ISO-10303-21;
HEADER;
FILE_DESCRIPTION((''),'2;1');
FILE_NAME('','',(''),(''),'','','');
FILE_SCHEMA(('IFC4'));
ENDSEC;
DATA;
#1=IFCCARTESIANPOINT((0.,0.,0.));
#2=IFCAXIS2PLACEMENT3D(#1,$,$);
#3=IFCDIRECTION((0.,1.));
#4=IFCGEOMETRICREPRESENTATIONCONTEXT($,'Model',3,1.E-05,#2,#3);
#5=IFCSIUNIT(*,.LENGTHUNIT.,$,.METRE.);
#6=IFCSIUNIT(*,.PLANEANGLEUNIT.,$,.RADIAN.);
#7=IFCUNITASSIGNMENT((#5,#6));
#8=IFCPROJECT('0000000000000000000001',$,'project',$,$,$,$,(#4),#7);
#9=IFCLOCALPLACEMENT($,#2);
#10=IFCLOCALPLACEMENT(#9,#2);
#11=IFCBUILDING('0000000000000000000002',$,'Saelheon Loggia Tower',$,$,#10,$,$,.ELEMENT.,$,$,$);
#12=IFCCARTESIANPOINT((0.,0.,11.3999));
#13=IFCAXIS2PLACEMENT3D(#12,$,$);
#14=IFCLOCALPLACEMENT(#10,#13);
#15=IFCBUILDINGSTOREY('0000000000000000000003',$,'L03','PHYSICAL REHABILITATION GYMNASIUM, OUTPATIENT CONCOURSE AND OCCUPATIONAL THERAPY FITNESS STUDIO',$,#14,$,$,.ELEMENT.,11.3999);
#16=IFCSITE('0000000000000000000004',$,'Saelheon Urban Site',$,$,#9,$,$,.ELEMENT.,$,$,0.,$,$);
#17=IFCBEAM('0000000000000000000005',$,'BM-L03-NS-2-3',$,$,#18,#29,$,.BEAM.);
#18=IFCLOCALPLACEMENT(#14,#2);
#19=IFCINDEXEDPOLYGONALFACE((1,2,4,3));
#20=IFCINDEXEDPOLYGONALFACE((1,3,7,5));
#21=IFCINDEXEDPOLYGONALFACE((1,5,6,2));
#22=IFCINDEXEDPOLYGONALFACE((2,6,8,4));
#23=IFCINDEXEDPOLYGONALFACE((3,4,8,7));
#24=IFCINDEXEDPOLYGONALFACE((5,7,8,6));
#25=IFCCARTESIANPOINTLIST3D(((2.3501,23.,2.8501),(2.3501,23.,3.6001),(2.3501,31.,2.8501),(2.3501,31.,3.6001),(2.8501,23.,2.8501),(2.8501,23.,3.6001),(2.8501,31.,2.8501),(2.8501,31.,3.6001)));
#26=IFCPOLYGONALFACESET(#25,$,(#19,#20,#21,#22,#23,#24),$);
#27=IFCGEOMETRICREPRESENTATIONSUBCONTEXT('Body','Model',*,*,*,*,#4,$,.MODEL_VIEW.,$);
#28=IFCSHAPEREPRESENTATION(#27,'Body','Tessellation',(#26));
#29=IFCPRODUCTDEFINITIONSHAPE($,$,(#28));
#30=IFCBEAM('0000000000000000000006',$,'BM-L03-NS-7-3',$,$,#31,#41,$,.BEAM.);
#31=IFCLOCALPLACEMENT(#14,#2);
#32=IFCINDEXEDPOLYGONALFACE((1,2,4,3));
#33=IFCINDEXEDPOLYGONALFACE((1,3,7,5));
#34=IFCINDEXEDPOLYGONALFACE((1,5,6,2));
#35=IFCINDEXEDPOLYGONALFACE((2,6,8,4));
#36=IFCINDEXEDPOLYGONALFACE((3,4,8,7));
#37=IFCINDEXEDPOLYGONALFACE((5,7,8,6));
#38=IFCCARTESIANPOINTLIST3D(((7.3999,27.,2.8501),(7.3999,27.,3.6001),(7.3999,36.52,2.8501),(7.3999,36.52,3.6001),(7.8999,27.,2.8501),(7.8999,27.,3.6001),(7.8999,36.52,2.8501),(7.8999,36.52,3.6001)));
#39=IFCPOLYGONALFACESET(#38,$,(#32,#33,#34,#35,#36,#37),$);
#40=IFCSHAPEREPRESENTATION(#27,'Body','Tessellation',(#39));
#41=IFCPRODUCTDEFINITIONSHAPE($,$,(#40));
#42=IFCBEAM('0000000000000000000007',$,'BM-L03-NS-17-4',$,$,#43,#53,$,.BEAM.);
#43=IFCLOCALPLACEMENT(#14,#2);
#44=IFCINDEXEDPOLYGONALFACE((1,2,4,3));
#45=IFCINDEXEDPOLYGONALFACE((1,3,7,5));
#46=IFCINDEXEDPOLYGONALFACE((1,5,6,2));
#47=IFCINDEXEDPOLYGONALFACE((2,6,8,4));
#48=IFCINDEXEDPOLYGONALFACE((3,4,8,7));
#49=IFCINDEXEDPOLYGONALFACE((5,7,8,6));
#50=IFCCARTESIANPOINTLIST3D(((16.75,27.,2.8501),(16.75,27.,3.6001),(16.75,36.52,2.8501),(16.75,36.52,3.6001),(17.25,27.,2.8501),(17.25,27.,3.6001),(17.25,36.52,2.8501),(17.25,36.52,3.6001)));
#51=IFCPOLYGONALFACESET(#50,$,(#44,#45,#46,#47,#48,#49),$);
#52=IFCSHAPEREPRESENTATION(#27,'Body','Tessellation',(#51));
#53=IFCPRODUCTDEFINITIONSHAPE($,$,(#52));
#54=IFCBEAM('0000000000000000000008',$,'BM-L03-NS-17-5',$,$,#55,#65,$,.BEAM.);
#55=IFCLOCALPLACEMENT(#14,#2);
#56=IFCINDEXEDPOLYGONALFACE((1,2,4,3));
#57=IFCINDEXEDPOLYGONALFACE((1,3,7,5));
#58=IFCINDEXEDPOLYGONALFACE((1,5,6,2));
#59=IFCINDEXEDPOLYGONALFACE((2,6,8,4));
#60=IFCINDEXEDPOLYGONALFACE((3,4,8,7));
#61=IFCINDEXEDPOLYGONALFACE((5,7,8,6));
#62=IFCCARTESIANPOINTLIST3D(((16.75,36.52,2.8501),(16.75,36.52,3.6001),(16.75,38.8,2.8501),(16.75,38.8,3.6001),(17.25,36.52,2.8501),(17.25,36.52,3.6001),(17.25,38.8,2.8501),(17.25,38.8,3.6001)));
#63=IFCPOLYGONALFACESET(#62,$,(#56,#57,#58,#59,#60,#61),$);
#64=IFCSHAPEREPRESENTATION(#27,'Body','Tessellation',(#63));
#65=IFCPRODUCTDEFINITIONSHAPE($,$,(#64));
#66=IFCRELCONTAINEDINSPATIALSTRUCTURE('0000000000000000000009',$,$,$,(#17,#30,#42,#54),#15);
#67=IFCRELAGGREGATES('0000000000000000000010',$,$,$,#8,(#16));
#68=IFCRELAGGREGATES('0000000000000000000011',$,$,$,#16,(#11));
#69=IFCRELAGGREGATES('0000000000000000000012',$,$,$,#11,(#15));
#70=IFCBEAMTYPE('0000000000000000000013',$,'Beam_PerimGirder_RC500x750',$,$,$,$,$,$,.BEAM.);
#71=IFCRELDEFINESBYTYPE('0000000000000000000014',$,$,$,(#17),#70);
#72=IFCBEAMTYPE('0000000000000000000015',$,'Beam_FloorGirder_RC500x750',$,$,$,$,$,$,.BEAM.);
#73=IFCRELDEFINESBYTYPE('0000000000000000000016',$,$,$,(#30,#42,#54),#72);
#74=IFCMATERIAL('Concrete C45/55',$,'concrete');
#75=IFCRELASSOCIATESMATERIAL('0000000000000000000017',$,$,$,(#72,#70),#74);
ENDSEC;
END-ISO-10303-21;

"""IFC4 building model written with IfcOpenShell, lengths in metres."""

from ifc_helpers import new_model, si_unit, direction, frame, origin, origin_2d, place, context, subcontext, project, spatial, rectangle, extrude, source, transform, mapped, material, material_profile, profile_set, type_object, element, save


model = new_model("IFC4")

# Units and contexts
model_context = context("Model", 3, precision=1e-05, world=origin(), true_north=direction((0.0, 1.0)))
body_context = subcontext(model_context, "Body", "Model", "MODEL_VIEW")
ifc_project = project(units=[si_unit("LENGTHUNIT", "METRE"), si_unit("PLANEANGLEUNIT", "RADIAN")], contexts=[model_context])

# Site, building, storey
site_placement = place(None, origin())
site = spatial("IfcSite", under=ifc_project, at=site_placement, Name="Saelheon Urban Site", CompositionType="ELEMENT", RefElevation=0.0)
building_placement = place(site_placement, origin())
building = spatial("IfcBuilding", under=site, at=building_placement, Name="Saelheon Loggia Tower", CompositionType="ELEMENT")
storey_placement = place(building_placement, frame((0.0, 0.0, 11.3999)))
storey = spatial("IfcBuildingStorey", under=building, at=storey_placement, Name="L03", Description="PHYSICAL REHABILITATION GYMNASIUM, OUTPATIENT CONCOURSE AND OCCUPATIONAL THERAPY FITNESS STUDIO", CompositionType="ELEMENT", Elevation=11.3999)

# Shared definitions
ifc_material_1 = material(Name="Concrete C45/55", Category="concrete")

# Beams
ifc_material_profile_1 = material_profile(ifc_material_1, rectangle(XDim=0.5, YDim=0.75, at=origin_2d()), Name="RC-500x750")
ifc_profile_set_1 = profile_set([ifc_material_profile_1], Name="Concrete C45/55")
beam_type_1 = type_object("IfcBeamType", Name="Beam_FloorGirder_RC500x750", PredefinedType="BEAM", material=ifc_profile_set_1)
ifc_material_profile_2 = material_profile(ifc_material_1, rectangle(XDim=0.5, YDim=0.75, at=origin_2d()), Name="RC-500x750")
ifc_profile_set_2 = profile_set([ifc_material_profile_2], Name="Concrete C45/55")
beam_type_2 = type_object("IfcBeamType", Name="Beam_PerimGirder_RC500x750", PredefinedType="BEAM", material=ifc_profile_set_2)
shared_shape_1 = source(origin(), body_context, "Body", "SweptSolid", [
    extrude(rectangle(XDim=0.5, YDim=0.75, at=origin_2d()), origin(), (0.0, 0.0, 1.0), 8.0),
])
beam_1_placement = place(storey_placement, frame((2.6001, 23.0, 3.2251), z_axis=(0.0, 1.0, 0.0), x_axis=(-1.0, 0.0, 0.0)))
element("IfcBeam", 1, at=beam_1_placement, inside=storey, type_object=beam_type_2, Name="BM-L03-NS-2-3", PredefinedType="BEAM", context=body_context, shape_type="MappedRepresentation", body=[
    mapped(shared_shape_1, transform((0.0, 0.0, 0.0), scale=1.0)),
])
shared_shape_2 = source(origin(), body_context, "Body", "SweptSolid", [
    extrude(rectangle(XDim=0.5, YDim=0.75, at=origin_2d()), origin(), (0.0, 0.0, 1.0), 9.52),
])
for number, where, z_axis, x_axis, name in (
    (2, (7.6499, 27.0, 3.2251), (0.0, 1.0, 0.0), (-1.0, 0.0, 0.0), "BM-L03-NS-7-3"),
    (3, (17.0, 27.0, 3.2251), (0.0, 1.0, 0.0), (-1.0, 0.0, 0.0), "BM-L03-NS-17-4"),
):
    element("IfcBeam", number, at=place(storey_placement, frame(where, z_axis=z_axis, x_axis=x_axis)), inside=storey, type_object=beam_type_1, Name=name, PredefinedType="BEAM", context=body_context, shape_type="MappedRepresentation", body=[
        mapped(shared_shape_2, transform((0.0, 0.0, 0.0), scale=1.0)),
    ])
shared_shape_3 = source(origin(), body_context, "Body", "SweptSolid", [
    extrude(rectangle(XDim=0.5, YDim=0.75, at=origin_2d()), origin(), (0.0, 0.0, 1.0), 2.28),
])
beam_2_placement = place(storey_placement, frame((17.0, 36.52, 3.2251), z_axis=(0.0, 1.0, 0.0), x_axis=(-1.0, 0.0, 0.0)))
element("IfcBeam", 4, at=beam_2_placement, inside=storey, type_object=beam_type_1, Name="BM-L03-NS-17-5", PredefinedType="BEAM", context=body_context, shape_type="MappedRepresentation", body=[
    mapped(shared_shape_3, transform((0.0, 0.0, 0.0), scale=1.0)),
])

save(model, "model.ifc")
